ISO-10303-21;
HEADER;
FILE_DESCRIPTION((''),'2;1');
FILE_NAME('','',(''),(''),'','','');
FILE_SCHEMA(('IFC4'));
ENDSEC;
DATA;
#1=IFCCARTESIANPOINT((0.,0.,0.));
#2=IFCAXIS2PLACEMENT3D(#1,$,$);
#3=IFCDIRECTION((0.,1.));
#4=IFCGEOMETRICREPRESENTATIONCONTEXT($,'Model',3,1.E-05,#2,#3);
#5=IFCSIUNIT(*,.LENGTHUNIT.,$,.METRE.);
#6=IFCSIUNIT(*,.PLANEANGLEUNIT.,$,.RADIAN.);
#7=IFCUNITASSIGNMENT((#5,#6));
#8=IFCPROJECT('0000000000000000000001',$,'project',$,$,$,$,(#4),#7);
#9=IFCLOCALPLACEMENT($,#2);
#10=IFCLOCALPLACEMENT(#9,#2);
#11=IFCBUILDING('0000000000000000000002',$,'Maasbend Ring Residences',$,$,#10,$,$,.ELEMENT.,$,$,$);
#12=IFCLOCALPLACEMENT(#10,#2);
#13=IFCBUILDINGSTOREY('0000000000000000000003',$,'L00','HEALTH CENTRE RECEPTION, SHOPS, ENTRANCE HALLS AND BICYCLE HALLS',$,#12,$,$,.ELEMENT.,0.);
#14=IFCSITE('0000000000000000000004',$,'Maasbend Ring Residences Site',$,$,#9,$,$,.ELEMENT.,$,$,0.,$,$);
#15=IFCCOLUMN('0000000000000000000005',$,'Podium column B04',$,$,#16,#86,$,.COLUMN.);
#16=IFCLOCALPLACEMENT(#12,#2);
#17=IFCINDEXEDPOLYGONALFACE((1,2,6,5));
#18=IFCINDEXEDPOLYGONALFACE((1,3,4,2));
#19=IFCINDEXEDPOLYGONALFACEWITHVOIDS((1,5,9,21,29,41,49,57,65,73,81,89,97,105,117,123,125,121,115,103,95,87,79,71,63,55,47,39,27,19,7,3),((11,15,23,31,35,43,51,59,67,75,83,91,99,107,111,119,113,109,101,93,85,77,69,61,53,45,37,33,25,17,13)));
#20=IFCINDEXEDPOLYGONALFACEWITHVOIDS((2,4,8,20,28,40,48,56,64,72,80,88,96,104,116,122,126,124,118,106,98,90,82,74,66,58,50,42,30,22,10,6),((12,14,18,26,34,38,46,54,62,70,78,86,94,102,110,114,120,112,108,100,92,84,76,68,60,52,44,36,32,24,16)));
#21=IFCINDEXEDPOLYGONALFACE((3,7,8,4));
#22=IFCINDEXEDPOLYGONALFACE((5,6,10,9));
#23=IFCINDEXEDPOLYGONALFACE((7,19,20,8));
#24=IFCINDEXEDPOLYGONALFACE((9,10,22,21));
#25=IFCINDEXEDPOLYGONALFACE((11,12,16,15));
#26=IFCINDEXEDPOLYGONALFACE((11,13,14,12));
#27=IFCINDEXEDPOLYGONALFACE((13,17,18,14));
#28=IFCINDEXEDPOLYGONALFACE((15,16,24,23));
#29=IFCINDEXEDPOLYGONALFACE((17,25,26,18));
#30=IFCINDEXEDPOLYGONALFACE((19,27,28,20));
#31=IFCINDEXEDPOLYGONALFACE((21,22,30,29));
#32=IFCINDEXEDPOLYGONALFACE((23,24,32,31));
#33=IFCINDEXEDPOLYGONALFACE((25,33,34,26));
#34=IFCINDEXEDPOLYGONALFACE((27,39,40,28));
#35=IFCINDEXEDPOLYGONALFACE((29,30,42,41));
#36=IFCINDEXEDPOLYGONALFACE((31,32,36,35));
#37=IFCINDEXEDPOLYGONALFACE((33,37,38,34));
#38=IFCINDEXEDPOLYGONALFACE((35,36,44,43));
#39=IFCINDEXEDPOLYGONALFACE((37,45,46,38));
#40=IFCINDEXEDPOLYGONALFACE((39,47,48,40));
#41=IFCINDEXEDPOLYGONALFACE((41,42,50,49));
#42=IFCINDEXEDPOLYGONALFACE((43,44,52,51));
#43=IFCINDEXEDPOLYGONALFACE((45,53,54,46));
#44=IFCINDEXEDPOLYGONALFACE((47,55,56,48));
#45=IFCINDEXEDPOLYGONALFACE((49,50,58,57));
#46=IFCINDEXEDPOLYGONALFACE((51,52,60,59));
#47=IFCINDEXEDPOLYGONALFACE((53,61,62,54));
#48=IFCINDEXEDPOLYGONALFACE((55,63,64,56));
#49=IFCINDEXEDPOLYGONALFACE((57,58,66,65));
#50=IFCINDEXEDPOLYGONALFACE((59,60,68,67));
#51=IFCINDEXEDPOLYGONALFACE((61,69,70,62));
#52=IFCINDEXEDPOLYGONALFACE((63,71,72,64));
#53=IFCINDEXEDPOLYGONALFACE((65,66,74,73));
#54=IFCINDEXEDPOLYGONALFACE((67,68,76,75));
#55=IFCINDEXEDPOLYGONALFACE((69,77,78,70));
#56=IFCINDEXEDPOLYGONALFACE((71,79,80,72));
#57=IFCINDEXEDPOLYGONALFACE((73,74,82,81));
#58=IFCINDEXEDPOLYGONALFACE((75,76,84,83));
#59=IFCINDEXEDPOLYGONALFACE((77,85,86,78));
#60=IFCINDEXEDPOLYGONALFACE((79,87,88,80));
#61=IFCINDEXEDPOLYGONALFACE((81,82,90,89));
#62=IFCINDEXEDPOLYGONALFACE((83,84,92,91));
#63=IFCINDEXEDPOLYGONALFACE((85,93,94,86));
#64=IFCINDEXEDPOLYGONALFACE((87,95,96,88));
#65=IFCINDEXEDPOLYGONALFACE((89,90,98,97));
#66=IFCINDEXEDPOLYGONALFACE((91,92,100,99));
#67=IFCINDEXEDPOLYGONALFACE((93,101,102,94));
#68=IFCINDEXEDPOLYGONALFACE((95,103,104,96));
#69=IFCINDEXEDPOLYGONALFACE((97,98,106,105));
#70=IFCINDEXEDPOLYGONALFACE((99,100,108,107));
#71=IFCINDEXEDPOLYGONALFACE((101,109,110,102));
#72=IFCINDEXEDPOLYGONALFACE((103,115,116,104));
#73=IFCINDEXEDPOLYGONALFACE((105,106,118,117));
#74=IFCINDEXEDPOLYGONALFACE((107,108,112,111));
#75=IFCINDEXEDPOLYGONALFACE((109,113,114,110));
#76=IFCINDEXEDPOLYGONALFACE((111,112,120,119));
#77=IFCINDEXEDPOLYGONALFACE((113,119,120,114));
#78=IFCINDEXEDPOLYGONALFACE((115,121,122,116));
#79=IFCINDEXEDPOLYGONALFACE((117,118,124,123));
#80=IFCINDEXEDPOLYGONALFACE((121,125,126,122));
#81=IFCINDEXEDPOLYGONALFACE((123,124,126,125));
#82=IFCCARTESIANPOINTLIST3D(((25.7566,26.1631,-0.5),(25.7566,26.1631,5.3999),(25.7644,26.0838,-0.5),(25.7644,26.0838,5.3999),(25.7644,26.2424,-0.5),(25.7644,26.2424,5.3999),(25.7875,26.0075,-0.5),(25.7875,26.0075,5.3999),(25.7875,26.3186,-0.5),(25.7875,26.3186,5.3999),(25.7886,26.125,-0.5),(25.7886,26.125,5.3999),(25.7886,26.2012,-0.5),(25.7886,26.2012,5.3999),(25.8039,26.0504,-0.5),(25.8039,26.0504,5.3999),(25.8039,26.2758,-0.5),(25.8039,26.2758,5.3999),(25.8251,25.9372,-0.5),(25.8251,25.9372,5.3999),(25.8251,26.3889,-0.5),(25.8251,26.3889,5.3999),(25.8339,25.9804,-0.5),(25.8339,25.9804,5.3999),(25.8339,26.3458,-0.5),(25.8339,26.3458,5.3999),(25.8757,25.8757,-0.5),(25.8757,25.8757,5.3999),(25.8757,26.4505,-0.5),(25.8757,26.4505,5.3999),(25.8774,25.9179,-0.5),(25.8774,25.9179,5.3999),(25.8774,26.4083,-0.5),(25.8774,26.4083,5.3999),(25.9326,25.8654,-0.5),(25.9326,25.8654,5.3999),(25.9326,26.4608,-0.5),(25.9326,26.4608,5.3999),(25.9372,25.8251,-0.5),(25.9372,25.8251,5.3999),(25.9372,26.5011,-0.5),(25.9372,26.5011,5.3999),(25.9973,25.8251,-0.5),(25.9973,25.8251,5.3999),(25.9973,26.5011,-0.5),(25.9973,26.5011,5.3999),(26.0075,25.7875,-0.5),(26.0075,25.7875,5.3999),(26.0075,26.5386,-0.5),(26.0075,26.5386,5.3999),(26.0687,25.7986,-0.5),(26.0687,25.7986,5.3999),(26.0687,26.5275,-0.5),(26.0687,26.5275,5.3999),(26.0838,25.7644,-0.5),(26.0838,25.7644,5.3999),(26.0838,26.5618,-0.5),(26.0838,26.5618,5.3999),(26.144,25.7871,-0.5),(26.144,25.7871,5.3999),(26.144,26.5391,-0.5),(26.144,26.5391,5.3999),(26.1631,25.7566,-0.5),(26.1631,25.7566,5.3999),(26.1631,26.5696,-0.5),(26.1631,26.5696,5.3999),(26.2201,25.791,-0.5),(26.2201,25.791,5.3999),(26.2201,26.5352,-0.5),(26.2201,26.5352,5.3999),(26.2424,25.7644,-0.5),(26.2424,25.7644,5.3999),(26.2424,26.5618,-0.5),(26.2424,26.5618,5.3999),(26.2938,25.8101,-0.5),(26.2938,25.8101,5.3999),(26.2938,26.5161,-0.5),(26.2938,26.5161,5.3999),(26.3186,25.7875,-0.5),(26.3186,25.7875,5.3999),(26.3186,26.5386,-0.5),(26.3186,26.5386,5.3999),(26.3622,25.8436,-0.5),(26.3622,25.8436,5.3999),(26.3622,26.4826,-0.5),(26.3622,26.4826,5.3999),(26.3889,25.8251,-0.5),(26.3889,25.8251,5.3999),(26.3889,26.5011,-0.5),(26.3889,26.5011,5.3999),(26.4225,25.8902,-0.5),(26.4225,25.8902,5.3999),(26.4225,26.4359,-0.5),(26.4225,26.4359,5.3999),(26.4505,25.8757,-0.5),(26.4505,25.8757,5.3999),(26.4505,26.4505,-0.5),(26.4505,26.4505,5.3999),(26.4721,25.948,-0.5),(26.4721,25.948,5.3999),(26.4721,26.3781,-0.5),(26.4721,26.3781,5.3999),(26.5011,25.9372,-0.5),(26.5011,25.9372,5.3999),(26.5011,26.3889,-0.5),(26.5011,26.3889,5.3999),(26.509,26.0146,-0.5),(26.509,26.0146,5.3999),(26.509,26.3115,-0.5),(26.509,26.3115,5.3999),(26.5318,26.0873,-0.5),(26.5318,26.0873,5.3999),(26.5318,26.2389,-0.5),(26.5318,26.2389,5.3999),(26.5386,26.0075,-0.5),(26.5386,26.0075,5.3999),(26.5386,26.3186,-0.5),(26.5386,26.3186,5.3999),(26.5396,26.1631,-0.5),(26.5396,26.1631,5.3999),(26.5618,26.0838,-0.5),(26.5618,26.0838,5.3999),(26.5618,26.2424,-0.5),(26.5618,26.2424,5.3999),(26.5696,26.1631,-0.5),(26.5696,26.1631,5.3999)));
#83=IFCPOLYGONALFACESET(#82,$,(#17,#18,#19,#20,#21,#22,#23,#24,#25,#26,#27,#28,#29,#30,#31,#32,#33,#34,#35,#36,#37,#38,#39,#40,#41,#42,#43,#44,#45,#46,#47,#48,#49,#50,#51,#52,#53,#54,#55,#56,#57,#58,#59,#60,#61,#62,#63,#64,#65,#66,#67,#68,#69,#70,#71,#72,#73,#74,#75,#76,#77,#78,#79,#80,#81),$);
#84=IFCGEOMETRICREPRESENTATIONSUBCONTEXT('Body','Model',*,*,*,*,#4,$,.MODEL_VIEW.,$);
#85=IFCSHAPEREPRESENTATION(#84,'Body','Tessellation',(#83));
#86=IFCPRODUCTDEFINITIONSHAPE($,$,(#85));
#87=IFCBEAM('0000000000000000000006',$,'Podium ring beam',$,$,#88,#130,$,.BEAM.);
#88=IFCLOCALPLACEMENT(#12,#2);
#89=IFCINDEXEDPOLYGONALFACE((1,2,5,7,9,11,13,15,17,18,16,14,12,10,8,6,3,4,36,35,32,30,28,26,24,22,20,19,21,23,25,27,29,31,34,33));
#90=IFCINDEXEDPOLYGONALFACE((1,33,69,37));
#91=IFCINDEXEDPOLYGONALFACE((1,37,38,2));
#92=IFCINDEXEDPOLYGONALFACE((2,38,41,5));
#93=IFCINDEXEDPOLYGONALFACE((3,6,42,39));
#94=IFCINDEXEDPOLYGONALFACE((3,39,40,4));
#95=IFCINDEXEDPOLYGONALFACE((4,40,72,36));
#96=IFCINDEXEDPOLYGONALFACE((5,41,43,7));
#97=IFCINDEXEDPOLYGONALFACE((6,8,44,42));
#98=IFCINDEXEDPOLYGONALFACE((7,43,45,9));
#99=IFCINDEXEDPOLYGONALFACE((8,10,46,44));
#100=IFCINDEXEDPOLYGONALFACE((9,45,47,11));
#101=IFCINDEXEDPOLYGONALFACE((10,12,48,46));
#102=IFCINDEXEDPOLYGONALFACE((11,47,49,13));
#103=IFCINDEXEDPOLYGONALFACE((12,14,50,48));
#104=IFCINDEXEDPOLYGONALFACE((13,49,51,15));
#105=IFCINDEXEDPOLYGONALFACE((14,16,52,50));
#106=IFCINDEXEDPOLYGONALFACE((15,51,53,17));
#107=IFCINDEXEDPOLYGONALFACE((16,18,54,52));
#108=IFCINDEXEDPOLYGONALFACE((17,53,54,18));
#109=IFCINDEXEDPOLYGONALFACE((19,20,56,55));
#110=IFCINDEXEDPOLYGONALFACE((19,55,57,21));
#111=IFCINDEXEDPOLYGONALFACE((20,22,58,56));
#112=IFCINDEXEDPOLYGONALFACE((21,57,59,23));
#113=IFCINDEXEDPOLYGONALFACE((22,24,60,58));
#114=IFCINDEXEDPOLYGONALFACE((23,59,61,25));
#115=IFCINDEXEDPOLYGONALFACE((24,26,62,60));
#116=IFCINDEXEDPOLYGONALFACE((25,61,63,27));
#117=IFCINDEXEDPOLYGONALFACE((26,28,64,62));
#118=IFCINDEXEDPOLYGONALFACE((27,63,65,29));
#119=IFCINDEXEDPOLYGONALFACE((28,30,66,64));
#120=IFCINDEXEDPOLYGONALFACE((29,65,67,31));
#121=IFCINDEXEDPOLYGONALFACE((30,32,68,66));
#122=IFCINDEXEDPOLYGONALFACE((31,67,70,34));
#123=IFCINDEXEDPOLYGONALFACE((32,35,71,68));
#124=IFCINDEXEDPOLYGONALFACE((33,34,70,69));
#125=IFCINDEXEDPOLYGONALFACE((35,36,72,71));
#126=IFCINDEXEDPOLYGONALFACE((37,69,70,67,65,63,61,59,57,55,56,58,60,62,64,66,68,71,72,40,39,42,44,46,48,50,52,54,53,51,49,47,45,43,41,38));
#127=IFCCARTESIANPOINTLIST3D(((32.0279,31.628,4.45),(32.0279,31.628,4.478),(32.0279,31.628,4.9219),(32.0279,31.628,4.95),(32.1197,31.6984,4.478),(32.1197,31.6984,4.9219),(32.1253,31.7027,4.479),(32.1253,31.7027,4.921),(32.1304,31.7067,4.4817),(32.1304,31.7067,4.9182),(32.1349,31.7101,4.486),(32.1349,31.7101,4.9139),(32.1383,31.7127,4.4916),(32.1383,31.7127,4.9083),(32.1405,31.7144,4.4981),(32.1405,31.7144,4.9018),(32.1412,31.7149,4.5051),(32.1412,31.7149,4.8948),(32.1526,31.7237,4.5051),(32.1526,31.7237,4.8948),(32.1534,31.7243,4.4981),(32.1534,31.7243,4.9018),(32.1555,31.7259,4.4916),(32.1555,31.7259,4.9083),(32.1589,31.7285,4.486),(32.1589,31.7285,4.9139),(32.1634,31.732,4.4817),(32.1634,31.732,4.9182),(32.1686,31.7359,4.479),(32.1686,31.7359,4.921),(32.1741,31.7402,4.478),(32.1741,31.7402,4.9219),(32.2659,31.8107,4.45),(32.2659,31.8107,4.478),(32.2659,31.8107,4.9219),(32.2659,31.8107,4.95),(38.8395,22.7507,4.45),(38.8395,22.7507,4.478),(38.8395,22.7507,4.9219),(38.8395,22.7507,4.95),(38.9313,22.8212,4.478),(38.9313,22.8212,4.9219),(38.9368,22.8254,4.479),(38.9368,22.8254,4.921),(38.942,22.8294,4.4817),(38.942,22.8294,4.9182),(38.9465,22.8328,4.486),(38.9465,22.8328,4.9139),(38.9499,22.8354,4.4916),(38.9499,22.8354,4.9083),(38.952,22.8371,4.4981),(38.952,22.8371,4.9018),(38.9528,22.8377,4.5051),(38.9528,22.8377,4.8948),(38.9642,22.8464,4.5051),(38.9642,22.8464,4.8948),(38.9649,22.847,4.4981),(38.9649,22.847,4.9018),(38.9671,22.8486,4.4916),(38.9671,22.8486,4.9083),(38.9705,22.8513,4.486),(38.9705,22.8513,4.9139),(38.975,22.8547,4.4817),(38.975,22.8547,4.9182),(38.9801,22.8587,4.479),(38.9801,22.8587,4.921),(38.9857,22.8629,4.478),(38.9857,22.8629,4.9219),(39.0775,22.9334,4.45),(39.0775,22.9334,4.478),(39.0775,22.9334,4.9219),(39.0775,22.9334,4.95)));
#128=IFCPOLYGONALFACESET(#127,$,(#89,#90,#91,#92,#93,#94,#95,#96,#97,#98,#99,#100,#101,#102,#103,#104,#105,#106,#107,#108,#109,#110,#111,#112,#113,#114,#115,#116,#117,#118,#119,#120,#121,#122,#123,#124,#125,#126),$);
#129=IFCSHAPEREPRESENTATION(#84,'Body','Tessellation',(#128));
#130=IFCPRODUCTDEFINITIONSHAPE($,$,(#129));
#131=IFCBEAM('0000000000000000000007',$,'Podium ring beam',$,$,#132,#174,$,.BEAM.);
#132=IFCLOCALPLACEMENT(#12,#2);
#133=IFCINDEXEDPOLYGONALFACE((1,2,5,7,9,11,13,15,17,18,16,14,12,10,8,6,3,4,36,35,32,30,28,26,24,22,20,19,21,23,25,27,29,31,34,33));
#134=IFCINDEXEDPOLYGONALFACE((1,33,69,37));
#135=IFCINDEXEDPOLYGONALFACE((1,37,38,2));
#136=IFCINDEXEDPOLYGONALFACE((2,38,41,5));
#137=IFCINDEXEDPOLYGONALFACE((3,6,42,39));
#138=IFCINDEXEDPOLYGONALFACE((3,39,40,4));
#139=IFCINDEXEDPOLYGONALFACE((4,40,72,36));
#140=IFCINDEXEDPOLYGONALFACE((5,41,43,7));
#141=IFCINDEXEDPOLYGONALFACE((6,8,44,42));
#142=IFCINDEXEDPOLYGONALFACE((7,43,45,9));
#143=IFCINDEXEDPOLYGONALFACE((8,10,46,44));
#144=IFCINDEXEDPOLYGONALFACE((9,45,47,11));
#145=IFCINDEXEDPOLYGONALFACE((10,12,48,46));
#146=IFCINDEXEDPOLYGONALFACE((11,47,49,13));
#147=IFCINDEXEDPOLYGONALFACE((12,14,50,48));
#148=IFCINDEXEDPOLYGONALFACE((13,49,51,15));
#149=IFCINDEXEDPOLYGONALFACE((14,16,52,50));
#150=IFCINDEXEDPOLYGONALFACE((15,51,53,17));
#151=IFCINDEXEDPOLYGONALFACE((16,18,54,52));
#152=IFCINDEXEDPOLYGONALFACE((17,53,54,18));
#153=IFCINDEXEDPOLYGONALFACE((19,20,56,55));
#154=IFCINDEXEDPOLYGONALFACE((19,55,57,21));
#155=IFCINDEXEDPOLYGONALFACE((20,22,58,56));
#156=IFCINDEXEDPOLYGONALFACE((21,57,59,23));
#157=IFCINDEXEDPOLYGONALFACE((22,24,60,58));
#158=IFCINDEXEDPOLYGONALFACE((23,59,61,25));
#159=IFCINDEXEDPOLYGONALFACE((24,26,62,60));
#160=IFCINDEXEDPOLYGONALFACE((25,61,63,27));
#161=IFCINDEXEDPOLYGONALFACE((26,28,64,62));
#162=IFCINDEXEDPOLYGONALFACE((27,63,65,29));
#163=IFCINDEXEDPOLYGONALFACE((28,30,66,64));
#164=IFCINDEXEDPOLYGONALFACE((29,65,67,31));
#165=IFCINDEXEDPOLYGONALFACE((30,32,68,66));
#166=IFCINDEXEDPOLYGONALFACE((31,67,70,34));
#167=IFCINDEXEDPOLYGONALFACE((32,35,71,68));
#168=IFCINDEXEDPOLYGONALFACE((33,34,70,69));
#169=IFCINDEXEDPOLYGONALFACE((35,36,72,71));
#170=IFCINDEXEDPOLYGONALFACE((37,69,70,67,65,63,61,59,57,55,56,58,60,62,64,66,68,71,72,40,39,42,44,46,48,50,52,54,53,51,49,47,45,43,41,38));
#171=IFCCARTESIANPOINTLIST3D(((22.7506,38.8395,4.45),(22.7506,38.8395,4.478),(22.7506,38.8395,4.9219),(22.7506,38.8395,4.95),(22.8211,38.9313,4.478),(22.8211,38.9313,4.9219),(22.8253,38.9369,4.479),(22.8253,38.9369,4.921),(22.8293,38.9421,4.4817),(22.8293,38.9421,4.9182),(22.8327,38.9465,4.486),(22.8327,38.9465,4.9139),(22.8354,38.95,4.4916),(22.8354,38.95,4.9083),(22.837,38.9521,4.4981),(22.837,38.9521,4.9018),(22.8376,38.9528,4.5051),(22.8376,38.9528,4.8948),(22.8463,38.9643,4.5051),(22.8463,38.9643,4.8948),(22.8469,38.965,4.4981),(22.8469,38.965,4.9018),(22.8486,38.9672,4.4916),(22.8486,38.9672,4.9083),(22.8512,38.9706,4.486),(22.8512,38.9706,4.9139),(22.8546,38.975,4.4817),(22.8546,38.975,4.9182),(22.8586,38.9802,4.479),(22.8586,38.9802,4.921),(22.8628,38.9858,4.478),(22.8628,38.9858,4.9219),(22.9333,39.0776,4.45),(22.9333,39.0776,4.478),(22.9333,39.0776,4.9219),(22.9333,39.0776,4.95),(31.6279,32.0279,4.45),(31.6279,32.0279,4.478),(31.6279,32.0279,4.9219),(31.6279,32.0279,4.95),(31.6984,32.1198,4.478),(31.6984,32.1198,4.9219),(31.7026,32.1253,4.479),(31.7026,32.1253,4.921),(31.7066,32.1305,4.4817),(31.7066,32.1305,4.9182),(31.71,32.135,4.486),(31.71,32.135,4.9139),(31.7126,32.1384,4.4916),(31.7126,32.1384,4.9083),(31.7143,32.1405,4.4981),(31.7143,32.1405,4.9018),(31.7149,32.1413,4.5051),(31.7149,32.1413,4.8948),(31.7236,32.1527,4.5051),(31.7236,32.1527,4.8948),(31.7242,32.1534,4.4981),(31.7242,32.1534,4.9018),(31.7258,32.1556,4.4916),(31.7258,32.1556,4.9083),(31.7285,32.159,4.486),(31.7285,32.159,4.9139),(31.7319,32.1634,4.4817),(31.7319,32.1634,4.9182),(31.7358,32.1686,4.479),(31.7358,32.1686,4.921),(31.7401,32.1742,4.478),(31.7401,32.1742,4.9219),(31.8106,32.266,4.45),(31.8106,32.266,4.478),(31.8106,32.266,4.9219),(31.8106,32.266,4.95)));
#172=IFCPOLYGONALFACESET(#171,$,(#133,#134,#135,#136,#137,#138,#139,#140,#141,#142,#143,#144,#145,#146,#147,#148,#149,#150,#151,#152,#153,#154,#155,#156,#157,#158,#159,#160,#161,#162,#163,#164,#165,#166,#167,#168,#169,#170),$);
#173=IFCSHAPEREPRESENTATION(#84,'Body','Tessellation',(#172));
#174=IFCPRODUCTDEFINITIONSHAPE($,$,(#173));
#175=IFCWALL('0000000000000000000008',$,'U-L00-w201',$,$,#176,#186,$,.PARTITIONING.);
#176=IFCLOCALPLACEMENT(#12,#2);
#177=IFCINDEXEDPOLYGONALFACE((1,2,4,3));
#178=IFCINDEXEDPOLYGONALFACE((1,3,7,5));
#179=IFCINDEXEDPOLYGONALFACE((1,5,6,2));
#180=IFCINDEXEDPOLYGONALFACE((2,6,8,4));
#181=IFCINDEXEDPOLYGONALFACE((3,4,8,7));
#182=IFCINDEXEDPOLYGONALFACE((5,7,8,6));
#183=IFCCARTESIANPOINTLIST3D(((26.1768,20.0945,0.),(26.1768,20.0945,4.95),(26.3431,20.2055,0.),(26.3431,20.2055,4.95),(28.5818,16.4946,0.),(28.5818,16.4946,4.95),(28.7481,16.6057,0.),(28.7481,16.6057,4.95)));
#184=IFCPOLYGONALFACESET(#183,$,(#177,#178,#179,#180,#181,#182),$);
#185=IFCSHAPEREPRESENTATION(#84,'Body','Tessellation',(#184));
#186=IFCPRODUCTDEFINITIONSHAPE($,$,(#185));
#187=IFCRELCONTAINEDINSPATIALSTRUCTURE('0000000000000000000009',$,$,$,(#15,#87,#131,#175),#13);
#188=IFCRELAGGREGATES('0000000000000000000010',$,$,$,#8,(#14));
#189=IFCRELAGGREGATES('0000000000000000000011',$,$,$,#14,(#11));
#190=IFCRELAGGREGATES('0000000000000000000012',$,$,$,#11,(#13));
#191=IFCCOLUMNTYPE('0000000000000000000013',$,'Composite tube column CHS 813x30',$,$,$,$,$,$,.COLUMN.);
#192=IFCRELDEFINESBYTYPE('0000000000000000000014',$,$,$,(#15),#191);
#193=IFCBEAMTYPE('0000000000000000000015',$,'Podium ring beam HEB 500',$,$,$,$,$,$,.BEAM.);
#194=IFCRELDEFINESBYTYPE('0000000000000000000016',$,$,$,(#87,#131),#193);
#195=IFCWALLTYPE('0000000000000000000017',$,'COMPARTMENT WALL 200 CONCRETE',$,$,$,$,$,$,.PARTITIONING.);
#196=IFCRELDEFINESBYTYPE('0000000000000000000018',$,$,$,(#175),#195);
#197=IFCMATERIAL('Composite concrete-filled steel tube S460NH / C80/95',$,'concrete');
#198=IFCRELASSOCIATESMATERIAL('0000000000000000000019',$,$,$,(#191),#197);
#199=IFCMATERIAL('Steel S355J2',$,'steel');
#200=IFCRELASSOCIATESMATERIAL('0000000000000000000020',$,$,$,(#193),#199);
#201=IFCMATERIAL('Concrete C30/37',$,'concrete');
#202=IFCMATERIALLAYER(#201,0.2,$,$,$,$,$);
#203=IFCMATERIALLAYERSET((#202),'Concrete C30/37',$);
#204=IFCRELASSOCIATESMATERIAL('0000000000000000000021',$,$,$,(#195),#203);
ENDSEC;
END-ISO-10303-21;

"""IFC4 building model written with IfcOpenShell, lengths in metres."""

from ifc_helpers import new_model, si_unit, direction, frame, frame_2d, origin, origin_2d, place, context, subcontext, project, spatial, rectangle, hollow_circle, i_section, extrude, material, layer, layer_set, material_profile, profile_set, type_object, element, save


model = new_model("IFC4")

# Units and contexts
model_context = context("Model", 3, precision=1e-05, world=origin(), true_north=direction((0.0, 1.0)))
body_context = subcontext(model_context, "Body", "Model", "MODEL_VIEW")
ifc_project = project(units=[si_unit("LENGTHUNIT", "METRE"), si_unit("PLANEANGLEUNIT", "RADIAN")], contexts=[model_context])

# Site, building, storey
site_placement = place(None, origin())
site = spatial("IfcSite", under=ifc_project, at=site_placement, Name="Maasbend Ring Residences Site", CompositionType="ELEMENT", RefElevation=0.0)
building_placement = place(site_placement, origin())
building = spatial("IfcBuilding", under=site, at=building_placement, Name="Maasbend Ring Residences", CompositionType="ELEMENT")
storey_placement = place(building_placement, origin())
storey = spatial("IfcBuildingStorey", under=building, at=storey_placement, Name="L00", Description="HEALTH CENTRE RECEPTION, SHOPS, ENTRANCE HALLS AND BICYCLE HALLS", CompositionType="ELEMENT", Elevation=0.0)

# Column
ifc_material_1 = material(Name="Composite concrete-filled steel tube S460NH / C80/95", Category="concrete")
ifc_material_profile_1 = material_profile(ifc_material_1, hollow_circle(Radius=0.4065, WallThickness=0.03, at=origin_2d()), Name="Composite tube column CHS 813x30")
ifc_profile_set_1 = profile_set([ifc_material_profile_1], Name="Composite concrete-filled steel tube S460NH / C80/95")
column_type_1 = type_object("IfcColumnType", Name="Composite tube column CHS 813x30", PredefinedType="COLUMN", material=ifc_profile_set_1)
column_placement = place(storey_placement, frame((26.1631, 26.1631, -0.5), z_axis=(0.0, 0.0, 1.0), x_axis=(1.0, 0.0, 0.0)))
element("IfcColumn", 1, at=column_placement, inside=storey, type_object=column_type_1, Name="Podium column B04", PredefinedType="COLUMN", context=body_context, shape_type="SweptSolid", body=[
    extrude(hollow_circle(Radius=0.4065, WallThickness=0.03, at=origin_2d()), origin(), (0.0, 0.0, 1.0), 5.8999),
])

# Beams
ifc_material_2 = material(Name="Steel S355J2", Category="steel")
ifc_material_profile_2 = material_profile(ifc_material_2, i_section(OverallWidth=0.3, OverallDepth=0.5, WebThickness=0.0144, FlangeThickness=0.0281, FilletRadius=0.0271, at=origin_2d()), Name="HEB 500")
ifc_profile_set_2 = profile_set([ifc_material_profile_2], Name="Steel S355J2")
beam_type = type_object("IfcBeamType", Name="Podium ring beam HEB 500", PredefinedType="BEAM", material=ifc_profile_set_2)
for number, where, z_axis, x_axis, name in (
    (2, (38.9585, 22.842, 4.7), (-0.608751, 0.793362, 0.0), (-0.793362, -0.608751, 0.0), "Podium ring beam"),
    (3, (31.7192, 32.147, 4.7), (-0.793362, 0.608751, 0.0), (-0.608751, -0.793362, 0.0), "Podium ring beam"),
):
    element("IfcBeam", number, at=place(storey_placement, frame(where, z_axis=z_axis, x_axis=x_axis)), inside=storey, type_object=beam_type, Name=name, PredefinedType="BEAM", context=body_context, shape_type="SweptSolid", body=[
        extrude(i_section(OverallWidth=0.3, OverallDepth=0.5, WebThickness=0.0144, FlangeThickness=0.0281, FilletRadius=0.0271, at=origin_2d()), origin(), (0.0, 0.0, 1.0), 11.1895),
    ])

# Wall
ifc_material_3 = material(Name="Concrete C30/37", Category="concrete")
ifc_layer_1 = layer(ifc_material_3, 0.2)
ifc_layer_set_1 = layer_set([ifc_layer_1], Name="Concrete C30/37")
wall_type_1 = type_object("IfcWallType", Name="COMPARTMENT WALL 200 CONCRETE", PredefinedType="PARTITIONING", material=ifc_layer_set_1)
wall_1_placement = place(storey_placement, frame((26.26, 20.1499, 0.0), z_axis=(0.0, 0.0, 1.0), x_axis=(0.55552, -0.831503, 0.0)))
element("IfcWall", 4, at=wall_1_placement, inside=storey, type_object=wall_type_1, Name="U-L00-w201", PredefinedType="PARTITIONING", context=body_context, shape_type="SweptSolid", body=[
    extrude(rectangle(XDim=4.3293, YDim=0.2, at=frame_2d((2.1646, 0.0))), origin(), (0.0, 0.0, 1.0), 4.95),
])

save(model, "model.ifc")
